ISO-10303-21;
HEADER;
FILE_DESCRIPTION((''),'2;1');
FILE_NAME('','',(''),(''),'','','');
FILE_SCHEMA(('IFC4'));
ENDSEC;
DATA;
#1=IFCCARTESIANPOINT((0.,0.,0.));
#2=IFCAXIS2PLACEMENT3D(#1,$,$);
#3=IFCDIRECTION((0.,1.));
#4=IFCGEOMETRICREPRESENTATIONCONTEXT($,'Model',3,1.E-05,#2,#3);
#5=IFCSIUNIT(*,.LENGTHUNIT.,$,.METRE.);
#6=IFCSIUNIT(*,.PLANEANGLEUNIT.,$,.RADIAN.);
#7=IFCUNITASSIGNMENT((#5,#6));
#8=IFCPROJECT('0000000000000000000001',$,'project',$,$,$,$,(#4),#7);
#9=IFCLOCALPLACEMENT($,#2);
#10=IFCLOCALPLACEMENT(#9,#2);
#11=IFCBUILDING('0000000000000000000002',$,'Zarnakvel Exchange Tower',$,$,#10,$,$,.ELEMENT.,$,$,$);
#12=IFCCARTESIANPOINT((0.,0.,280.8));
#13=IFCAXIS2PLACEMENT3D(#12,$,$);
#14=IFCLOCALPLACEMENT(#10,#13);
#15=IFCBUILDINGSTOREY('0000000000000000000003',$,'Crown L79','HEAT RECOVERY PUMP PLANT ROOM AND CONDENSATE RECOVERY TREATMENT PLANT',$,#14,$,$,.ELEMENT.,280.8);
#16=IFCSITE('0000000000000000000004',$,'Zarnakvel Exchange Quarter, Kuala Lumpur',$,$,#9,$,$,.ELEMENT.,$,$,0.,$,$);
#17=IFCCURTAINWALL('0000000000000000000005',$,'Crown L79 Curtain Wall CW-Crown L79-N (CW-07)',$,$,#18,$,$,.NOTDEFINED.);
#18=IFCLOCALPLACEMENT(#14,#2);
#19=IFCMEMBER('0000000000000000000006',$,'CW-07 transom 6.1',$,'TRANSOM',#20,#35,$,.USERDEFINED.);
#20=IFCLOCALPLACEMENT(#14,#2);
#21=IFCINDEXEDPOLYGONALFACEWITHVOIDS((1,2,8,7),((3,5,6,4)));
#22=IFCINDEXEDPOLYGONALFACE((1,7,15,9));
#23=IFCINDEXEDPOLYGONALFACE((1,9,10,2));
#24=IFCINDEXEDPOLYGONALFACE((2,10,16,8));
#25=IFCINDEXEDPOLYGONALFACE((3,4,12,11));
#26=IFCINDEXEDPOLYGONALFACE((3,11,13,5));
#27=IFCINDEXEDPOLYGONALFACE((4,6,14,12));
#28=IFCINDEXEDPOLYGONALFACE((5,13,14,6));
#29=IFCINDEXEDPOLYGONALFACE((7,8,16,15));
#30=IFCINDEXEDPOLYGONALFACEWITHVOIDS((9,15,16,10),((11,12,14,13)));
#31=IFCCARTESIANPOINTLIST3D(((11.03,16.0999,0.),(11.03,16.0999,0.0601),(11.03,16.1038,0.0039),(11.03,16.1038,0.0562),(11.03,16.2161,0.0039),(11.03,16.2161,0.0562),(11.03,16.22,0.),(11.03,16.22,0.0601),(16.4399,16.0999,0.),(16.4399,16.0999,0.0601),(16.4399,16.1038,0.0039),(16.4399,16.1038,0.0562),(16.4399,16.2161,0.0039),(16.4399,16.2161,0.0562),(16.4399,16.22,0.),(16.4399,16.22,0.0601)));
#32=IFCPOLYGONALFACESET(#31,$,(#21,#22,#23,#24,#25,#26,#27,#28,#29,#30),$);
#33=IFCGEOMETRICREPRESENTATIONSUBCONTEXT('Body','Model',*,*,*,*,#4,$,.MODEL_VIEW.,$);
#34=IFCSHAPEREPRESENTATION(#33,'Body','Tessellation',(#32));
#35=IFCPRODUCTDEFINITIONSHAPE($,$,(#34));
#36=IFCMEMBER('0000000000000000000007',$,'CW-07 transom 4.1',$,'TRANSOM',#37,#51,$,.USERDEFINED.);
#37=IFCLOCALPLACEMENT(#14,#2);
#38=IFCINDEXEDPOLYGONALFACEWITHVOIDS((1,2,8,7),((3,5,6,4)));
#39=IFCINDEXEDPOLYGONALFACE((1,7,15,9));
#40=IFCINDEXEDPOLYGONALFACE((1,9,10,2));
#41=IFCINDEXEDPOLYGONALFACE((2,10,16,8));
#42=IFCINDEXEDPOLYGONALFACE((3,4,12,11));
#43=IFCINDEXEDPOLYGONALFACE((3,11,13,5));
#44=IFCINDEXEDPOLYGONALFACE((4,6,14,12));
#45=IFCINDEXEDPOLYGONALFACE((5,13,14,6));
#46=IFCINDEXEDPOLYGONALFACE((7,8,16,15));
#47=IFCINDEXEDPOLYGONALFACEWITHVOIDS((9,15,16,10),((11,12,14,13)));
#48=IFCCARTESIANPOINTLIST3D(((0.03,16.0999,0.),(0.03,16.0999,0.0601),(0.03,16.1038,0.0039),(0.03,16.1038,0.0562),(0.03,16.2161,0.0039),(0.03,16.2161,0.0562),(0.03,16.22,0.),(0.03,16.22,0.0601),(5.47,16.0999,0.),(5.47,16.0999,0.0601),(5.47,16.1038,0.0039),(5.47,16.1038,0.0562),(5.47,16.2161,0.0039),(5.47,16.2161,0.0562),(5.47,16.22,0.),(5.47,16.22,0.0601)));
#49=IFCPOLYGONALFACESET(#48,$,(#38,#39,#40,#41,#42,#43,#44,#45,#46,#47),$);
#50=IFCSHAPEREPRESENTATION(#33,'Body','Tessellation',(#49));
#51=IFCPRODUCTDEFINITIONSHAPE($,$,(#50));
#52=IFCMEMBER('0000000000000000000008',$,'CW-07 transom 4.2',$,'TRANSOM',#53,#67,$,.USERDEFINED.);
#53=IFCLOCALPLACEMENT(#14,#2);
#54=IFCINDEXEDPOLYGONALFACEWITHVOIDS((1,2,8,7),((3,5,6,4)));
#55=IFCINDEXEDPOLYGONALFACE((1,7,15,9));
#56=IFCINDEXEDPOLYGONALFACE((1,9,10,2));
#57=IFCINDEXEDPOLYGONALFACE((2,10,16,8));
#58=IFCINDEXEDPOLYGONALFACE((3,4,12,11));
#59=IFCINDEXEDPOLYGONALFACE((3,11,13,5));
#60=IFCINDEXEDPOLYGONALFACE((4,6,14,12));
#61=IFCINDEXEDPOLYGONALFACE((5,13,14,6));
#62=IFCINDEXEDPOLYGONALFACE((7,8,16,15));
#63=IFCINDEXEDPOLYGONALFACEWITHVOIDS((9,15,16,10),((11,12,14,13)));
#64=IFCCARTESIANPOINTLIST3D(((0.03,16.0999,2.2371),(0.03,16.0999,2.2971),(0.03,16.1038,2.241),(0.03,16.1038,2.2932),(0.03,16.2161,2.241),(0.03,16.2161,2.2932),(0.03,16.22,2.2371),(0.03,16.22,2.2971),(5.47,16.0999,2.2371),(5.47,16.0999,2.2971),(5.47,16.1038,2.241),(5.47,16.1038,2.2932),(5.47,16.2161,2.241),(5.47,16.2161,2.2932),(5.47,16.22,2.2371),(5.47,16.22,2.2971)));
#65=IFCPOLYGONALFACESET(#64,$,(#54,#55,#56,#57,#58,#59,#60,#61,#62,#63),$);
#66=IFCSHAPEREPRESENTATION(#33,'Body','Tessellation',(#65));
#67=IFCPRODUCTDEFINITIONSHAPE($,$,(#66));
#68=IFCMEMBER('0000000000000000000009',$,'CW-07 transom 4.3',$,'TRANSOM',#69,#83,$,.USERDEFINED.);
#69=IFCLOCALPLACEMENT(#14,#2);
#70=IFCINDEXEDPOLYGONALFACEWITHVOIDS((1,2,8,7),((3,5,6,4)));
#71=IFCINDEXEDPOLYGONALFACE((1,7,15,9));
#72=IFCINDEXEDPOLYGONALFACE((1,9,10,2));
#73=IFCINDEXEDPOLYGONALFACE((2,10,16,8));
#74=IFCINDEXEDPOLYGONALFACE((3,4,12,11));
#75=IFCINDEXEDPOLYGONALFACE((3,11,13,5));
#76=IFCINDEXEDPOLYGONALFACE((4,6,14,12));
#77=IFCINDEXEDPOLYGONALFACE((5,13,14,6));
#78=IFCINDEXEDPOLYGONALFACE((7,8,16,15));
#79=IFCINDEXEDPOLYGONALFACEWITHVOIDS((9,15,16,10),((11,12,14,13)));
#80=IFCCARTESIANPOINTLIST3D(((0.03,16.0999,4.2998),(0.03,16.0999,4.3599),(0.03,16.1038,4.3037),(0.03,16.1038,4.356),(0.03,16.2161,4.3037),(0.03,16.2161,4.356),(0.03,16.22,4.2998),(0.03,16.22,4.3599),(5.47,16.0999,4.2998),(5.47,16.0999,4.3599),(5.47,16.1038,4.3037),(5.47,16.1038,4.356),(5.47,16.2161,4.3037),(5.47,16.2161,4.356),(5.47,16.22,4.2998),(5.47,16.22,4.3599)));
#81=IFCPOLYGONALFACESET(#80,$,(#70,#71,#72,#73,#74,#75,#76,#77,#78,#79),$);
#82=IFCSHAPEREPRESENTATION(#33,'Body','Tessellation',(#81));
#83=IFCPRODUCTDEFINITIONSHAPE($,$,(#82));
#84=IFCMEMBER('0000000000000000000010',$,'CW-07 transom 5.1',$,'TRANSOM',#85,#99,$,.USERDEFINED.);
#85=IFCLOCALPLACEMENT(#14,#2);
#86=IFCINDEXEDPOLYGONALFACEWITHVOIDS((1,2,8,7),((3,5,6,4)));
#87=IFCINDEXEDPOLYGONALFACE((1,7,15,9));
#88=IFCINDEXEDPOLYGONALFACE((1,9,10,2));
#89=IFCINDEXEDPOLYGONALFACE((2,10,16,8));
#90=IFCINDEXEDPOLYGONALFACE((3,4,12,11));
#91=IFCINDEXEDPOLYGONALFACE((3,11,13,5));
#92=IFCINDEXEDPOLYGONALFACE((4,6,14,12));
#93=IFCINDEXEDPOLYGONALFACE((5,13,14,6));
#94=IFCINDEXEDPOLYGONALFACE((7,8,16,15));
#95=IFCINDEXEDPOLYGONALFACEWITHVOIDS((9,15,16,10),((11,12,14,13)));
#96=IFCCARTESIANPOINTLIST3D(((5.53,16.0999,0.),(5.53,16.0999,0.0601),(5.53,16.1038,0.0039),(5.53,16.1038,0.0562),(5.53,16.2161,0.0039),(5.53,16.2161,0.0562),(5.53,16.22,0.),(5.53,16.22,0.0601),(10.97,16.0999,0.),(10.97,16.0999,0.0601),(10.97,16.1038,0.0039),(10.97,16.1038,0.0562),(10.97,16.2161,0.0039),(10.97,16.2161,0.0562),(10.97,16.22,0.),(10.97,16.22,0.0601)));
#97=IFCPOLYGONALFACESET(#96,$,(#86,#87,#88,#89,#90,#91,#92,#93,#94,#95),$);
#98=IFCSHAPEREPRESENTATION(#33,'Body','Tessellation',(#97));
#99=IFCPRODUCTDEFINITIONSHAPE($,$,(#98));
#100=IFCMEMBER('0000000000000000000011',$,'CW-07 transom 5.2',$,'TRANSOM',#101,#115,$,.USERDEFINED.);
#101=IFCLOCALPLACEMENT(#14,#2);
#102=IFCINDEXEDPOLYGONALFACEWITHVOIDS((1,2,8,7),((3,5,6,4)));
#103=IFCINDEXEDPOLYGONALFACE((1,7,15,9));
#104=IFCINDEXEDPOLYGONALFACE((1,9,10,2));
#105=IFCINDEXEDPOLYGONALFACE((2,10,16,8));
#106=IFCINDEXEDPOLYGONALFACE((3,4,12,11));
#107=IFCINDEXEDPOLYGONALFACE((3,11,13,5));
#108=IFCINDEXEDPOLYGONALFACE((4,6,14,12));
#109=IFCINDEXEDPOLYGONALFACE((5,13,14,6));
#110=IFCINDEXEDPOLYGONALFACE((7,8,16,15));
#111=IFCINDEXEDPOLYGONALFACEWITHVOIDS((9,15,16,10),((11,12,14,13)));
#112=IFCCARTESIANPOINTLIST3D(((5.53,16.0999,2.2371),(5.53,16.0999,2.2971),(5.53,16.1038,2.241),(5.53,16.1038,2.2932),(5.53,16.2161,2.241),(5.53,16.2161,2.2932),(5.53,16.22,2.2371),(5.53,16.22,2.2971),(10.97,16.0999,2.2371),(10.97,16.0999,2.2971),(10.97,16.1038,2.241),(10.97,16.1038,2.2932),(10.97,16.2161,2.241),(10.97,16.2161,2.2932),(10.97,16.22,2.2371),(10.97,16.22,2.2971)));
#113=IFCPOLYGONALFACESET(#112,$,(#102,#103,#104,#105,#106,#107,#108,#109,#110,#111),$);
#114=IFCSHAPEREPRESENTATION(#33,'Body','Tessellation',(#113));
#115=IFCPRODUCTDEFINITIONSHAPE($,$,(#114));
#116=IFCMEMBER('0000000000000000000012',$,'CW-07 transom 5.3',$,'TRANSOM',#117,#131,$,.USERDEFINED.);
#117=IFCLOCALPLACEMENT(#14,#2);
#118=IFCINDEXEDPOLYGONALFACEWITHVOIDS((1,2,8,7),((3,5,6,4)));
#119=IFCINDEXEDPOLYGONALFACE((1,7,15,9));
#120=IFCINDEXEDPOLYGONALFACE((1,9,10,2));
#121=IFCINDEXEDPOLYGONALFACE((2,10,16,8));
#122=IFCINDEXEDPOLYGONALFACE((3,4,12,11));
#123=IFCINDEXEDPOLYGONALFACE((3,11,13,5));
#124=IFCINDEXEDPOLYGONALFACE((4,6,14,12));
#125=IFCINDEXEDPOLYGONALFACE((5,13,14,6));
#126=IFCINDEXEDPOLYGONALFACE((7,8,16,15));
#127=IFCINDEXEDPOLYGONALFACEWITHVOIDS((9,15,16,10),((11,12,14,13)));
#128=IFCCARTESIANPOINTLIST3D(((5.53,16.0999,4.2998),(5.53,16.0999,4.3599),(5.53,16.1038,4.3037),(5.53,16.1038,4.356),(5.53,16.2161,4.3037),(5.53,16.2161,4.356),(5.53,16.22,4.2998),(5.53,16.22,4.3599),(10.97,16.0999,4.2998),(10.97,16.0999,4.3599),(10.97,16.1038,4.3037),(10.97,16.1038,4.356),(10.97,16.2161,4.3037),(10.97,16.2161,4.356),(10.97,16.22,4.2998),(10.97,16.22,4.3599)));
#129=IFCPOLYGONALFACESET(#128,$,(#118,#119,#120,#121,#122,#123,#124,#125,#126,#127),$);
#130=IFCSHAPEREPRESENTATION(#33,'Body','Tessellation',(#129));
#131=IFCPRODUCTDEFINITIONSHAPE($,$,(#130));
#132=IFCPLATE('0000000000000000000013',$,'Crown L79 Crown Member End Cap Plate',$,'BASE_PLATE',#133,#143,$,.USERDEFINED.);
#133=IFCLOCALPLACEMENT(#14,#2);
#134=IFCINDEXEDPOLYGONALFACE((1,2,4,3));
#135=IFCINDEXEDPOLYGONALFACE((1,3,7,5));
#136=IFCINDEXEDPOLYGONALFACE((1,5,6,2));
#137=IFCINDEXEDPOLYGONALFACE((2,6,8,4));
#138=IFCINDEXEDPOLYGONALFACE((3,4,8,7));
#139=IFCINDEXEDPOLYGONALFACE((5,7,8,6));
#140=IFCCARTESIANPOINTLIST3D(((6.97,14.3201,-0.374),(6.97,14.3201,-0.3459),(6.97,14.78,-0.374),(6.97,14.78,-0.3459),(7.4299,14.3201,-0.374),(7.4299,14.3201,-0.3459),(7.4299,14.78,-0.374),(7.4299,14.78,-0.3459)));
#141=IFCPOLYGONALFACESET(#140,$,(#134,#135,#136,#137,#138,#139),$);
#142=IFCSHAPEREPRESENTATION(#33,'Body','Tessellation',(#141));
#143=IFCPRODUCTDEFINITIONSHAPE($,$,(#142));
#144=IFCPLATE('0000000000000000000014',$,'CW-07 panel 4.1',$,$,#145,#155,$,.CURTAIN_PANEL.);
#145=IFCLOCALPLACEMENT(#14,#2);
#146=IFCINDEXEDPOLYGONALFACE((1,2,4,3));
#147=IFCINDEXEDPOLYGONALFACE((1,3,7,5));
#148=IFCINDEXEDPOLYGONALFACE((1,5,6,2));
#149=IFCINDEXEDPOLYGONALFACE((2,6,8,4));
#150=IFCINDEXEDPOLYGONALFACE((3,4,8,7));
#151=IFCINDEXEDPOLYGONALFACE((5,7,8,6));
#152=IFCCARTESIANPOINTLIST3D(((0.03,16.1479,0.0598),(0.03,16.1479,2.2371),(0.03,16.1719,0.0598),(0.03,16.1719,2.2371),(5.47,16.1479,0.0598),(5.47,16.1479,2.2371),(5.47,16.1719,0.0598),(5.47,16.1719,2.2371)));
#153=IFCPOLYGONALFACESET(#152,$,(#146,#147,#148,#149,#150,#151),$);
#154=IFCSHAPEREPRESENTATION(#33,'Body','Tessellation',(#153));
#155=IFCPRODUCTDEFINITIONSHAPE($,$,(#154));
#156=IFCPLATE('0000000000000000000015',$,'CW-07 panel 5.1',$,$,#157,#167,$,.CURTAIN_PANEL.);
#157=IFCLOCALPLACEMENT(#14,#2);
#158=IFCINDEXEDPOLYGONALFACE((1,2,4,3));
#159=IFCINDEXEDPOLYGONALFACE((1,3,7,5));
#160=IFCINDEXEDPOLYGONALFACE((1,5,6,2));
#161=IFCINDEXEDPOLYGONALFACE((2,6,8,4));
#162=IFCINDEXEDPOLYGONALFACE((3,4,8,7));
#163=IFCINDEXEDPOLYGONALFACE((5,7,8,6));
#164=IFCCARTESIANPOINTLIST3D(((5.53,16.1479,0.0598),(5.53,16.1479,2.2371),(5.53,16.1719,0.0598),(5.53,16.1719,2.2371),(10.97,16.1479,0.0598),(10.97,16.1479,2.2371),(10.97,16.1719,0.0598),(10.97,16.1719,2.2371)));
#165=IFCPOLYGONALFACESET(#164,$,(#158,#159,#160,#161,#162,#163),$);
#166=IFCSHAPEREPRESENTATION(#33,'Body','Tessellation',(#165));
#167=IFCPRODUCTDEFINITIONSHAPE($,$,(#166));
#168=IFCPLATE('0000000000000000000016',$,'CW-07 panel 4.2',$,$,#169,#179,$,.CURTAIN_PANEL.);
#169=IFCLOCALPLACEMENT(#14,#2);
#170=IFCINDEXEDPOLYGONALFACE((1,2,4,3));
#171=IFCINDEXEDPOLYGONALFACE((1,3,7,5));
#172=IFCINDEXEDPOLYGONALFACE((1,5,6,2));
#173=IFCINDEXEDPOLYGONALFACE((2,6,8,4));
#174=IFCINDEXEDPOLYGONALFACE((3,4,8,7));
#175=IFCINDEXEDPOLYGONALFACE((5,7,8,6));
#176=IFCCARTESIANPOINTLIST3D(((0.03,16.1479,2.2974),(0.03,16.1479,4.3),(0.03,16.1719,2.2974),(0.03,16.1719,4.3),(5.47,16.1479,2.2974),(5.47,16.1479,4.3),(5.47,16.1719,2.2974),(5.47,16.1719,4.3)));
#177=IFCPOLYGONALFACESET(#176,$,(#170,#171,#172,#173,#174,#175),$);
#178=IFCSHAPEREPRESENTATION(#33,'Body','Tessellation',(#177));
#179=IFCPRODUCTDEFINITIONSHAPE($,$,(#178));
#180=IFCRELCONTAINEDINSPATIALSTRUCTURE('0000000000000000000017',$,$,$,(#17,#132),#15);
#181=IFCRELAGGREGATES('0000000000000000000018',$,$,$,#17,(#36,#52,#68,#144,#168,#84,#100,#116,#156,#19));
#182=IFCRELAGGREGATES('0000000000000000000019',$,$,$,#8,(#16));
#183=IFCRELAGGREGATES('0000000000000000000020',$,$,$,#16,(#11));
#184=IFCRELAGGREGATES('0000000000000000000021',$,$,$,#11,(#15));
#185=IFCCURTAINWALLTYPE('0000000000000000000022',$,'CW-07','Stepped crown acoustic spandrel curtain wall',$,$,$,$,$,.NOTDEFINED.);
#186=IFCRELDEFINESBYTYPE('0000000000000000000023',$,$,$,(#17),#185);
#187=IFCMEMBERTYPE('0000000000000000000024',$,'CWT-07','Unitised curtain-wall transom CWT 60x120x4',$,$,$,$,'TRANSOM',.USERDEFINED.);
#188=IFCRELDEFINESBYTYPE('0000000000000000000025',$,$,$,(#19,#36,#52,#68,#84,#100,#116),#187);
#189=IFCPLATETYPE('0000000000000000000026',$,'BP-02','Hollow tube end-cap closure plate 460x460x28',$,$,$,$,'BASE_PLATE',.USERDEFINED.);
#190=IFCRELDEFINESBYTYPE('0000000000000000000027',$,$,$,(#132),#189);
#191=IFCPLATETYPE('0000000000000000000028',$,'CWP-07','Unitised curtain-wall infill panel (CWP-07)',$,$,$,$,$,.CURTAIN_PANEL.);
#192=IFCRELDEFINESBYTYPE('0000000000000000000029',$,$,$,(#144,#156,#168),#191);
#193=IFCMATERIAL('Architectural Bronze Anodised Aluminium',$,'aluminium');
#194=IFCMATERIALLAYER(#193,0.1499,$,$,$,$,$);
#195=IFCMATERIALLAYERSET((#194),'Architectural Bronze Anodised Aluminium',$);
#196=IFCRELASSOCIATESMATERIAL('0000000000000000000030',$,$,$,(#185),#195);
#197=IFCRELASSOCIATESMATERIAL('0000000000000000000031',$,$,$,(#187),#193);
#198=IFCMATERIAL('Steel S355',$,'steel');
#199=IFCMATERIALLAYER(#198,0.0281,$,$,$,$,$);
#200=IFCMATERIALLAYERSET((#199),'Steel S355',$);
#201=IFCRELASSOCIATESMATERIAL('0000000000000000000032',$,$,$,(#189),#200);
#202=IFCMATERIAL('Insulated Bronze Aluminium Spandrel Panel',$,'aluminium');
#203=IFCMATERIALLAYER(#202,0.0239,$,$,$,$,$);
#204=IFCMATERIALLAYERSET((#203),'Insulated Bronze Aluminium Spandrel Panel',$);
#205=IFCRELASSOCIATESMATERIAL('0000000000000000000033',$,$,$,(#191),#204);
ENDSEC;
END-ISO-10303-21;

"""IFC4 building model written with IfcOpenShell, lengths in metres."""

from ifc_helpers import new_model, si_unit, direction, frame, origin, origin_2d, place, context, subcontext, project, spatial, rectangle, hollow_rectangle, extrude, source, transform, mapped, material, layer, layer_set, material_profile, profile_set, type_object, element, aggregate, save


model = new_model("IFC4")

# Units and contexts
model_context = context("Model", 3, precision=1e-05, world=origin(), true_north=direction((0.0, 1.0)))
body_context = subcontext(model_context, "Body", "Model", "MODEL_VIEW")
ifc_project = project(units=[si_unit("LENGTHUNIT", "METRE"), si_unit("PLANEANGLEUNIT", "RADIAN")], contexts=[model_context])

# Site, building, storey
site_placement = place(None, origin())
site = spatial("IfcSite", under=ifc_project, at=site_placement, Name="Zarnakvel Exchange Quarter, Kuala Lumpur", CompositionType="ELEMENT", RefElevation=0.0)
building_placement = place(site_placement, origin())
building = spatial("IfcBuilding", under=site, at=building_placement, Name="Zarnakvel Exchange Tower", CompositionType="ELEMENT")
storey_placement = place(building_placement, frame((0.0, 0.0, 280.8)))
storey = spatial("IfcBuildingStorey", under=building, at=storey_placement, Name="Crown L79", Description="HEAT RECOVERY PUMP PLANT ROOM AND CONDENSATE RECOVERY TREATMENT PLANT", CompositionType="ELEMENT", Elevation=280.8)

# Shared definitions
ifc_material_1 = material(Name="Steel S355", Category="steel")

# Curtain wall, members
ifc_material_2 = material(Name="Architectural Bronze Anodised Aluminium", Category="aluminium")
ifc_layer_1 = layer(ifc_material_2, 0.1499)
ifc_layer_set_1 = layer_set([ifc_layer_1], Name="Architectural Bronze Anodised Aluminium")
curtain_wall_type = type_object("IfcCurtainWallType", Name="CW-07", Description="Stepped crown acoustic spandrel curtain wall", PredefinedType="NOTDEFINED", material=ifc_layer_set_1)
curtain_wall_placement = place(storey_placement, origin())
curtain_wall = element("IfcCurtainWall", 1, at=curtain_wall_placement, inside=storey, type_object=curtain_wall_type, Name="Crown L79 Curtain Wall CW-Crown L79-N (CW-07)", PredefinedType="NOTDEFINED")
ifc_material_profile_1 = material_profile(ifc_material_2, hollow_rectangle(XDim=0.1201, YDim=0.0601, WallThickness=0.0039, at=origin_2d()))
ifc_profile_set_1 = profile_set([ifc_material_profile_1], Name="Architectural Bronze Anodised Aluminium")
member_type_1 = type_object("IfcMemberType", Name="CWT-07", Description="Unitised curtain-wall transom CWT 60x120x4", ElementType="TRANSOM", PredefinedType="USERDEFINED", material=ifc_profile_set_1)
shared_shape_1 = source(origin(), body_context, "Body", "SweptSolid", [
    extrude(hollow_rectangle(XDim=0.1201, YDim=0.0601, WallThickness=0.0039, at=origin_2d()), origin(), (0.0, 0.0, 1.0), 5.4099),
])
member_1_placement = place(storey_placement, frame((11.03, 16.1599, 0.03), z_axis=(1.0, 0.0, 0.0), x_axis=(0.0, 1.0, 0.0)))
member_1 = element("IfcMember", 2, at=member_1_placement, type_object=member_type_1, Name="CW-07 transom 6.1", ObjectType="TRANSOM", PredefinedType="USERDEFINED", context=body_context, shape_type="MappedRepresentation", body=[
    mapped(shared_shape_1, transform((0.0, 0.0, 0.0), x_axis=(1.0, 0.0, 0.0), y_axis=(0.0, 1.0, 0.0), z_axis=(0.0, 0.0, 1.0), scale=1.0)),
])
shared_shape_2 = source(origin(), body_context, "Body", "SweptSolid", [
    extrude(hollow_rectangle(XDim=0.1201, YDim=0.0601, WallThickness=0.0039, at=origin_2d()), origin(), (0.0, 0.0, 1.0), 5.4399),
])
member_2_placement = place(storey_placement, frame((0.03, 16.1599, 0.03), z_axis=(1.0, 0.0, 0.0), x_axis=(0.0, 1.0, 0.0)))
member_2 = element("IfcMember", 3, at=member_2_placement, type_object=member_type_1, Name="CW-07 transom 4.1", ObjectType="TRANSOM", PredefinedType="USERDEFINED", context=body_context, shape_type="MappedRepresentation", body=[
    mapped(shared_shape_2, transform((0.0, 0.0, 0.0), x_axis=(1.0, 0.0, 0.0), y_axis=(0.0, 1.0, 0.0), z_axis=(0.0, 0.0, 1.0), scale=1.0)),
])
member_3_placement = place(storey_placement, frame((0.03, 16.1599, 2.2671), z_axis=(1.0, 0.0, 0.0), x_axis=(0.0, 1.0, 0.0)))
member_3 = element("IfcMember", 4, at=member_3_placement, type_object=member_type_1, Name="CW-07 transom 4.2", ObjectType="TRANSOM", PredefinedType="USERDEFINED", context=body_context, shape_type="MappedRepresentation", body=[
    mapped(shared_shape_2, transform((0.0, 0.0, 0.0), x_axis=(1.0, 0.0, 0.0), y_axis=(0.0, 1.0, 0.0), z_axis=(0.0, 0.0, 1.0), scale=1.0)),
])
member_4_placement = place(storey_placement, frame((0.03, 16.1599, 4.3298), z_axis=(1.0, 0.0, 0.0), x_axis=(0.0, 1.0, 0.0)))
member_4 = element("IfcMember", 5, at=member_4_placement, type_object=member_type_1, Name="CW-07 transom 4.3", ObjectType="TRANSOM", PredefinedType="USERDEFINED", context=body_context, shape_type="MappedRepresentation", body=[
    mapped(shared_shape_2, transform((0.0, 0.0, 0.0), x_axis=(1.0, 0.0, 0.0), y_axis=(0.0, 1.0, 0.0), z_axis=(0.0, 0.0, 1.0), scale=1.0)),
])
member_5_placement = place(storey_placement, frame((5.53, 16.1599, 0.03), z_axis=(1.0, 0.0, 0.0), x_axis=(0.0, 1.0, 0.0)))
member_5 = element("IfcMember", 6, at=member_5_placement, type_object=member_type_1, Name="CW-07 transom 5.1", ObjectType="TRANSOM", PredefinedType="USERDEFINED", context=body_context, shape_type="MappedRepresentation", body=[
    mapped(shared_shape_2, transform((0.0, 0.0, 0.0), x_axis=(1.0, 0.0, 0.0), y_axis=(0.0, 1.0, 0.0), z_axis=(0.0, 0.0, 1.0), scale=1.0)),
])
member_6_placement = place(storey_placement, frame((5.53, 16.1599, 2.2671), z_axis=(1.0, 0.0, 0.0), x_axis=(0.0, 1.0, 0.0)))
member_6 = element("IfcMember", 7, at=member_6_placement, type_object=member_type_1, Name="CW-07 transom 5.2", ObjectType="TRANSOM", PredefinedType="USERDEFINED", context=body_context, shape_type="MappedRepresentation", body=[
    mapped(shared_shape_2, transform((0.0, 0.0, 0.0), x_axis=(1.0, 0.0, 0.0), y_axis=(0.0, 1.0, 0.0), z_axis=(0.0, 0.0, 1.0), scale=1.0)),
])
member_7_placement = place(storey_placement, frame((5.53, 16.1599, 4.3298), z_axis=(1.0, 0.0, 0.0), x_axis=(0.0, 1.0, 0.0)))
member_7 = element("IfcMember", 8, at=member_7_placement, type_object=member_type_1, Name="CW-07 transom 5.3", ObjectType="TRANSOM", PredefinedType="USERDEFINED", context=body_context, shape_type="MappedRepresentation", body=[
    mapped(shared_shape_2, transform((0.0, 0.0, 0.0), x_axis=(1.0, 0.0, 0.0), y_axis=(0.0, 1.0, 0.0), z_axis=(0.0, 0.0, 1.0), scale=1.0)),
])

# Plates
ifc_layer_2 = layer(ifc_material_1, 0.0281)
ifc_layer_set_2 = layer_set([ifc_layer_2], Name="Steel S355")
plate_type_1 = type_object("IfcPlateType", Name="BP-02", Description="Hollow tube end-cap closure plate 460x460x28", ElementType="BASE_PLATE", PredefinedType="USERDEFINED", material=ifc_layer_set_2)
shared_shape_3 = source(origin(), body_context, "Body", "SweptSolid", [
    extrude(rectangle(XDim=0.46, YDim=0.46, at=origin_2d()), origin(), (0.0, 0.0, 1.0), 0.0281),
])
plate_1_placement = place(storey_placement, frame((7.2, 14.55, -0.374), z_axis=(0.0, 0.0, 1.0), x_axis=(1.0, 0.0, 0.0)))
element("IfcPlate", 9, at=plate_1_placement, inside=storey, type_object=plate_type_1, Name="Crown L79 Crown Member End Cap Plate", ObjectType="BASE_PLATE", PredefinedType="USERDEFINED", context=body_context, shape_type="MappedRepresentation", body=[
    mapped(shared_shape_3, transform((0.0, 0.0, 0.0), x_axis=(1.0, 0.0, 0.0), y_axis=(0.0, 1.0, 0.0), z_axis=(0.0, 0.0, 1.0), scale=1.0)),
])
ifc_material_3 = material(Name="Insulated Bronze Aluminium Spandrel Panel", Category="aluminium")
ifc_layer_3 = layer(ifc_material_3, 0.0239)
ifc_layer_set_3 = layer_set([ifc_layer_3], Name="Insulated Bronze Aluminium Spandrel Panel")
plate_type_2 = type_object("IfcPlateType", Name="CWP-07", Description="Unitised curtain-wall infill panel (CWP-07)", PredefinedType="CURTAIN_PANEL", material=ifc_layer_set_3)
shared_shape_4 = source(origin(), body_context, "Body", "SweptSolid", [
    extrude(rectangle(XDim=5.4399, YDim=0.0239, at=origin_2d()), origin(), (0.0, 0.0, 1.0), 2.1772),
])
plate_2_placement = place(storey_placement, frame((2.75, 16.1599, 0.0598), z_axis=(0.0, 0.0, 1.0), x_axis=(1.0, 0.0, 0.0)))
plate_2 = element("IfcPlate", 10, at=plate_2_placement, type_object=plate_type_2, Name="CW-07 panel 4.1", PredefinedType="CURTAIN_PANEL", context=body_context, shape_type="MappedRepresentation", body=[
    mapped(shared_shape_4, transform((0.0, 0.0, 0.0), x_axis=(1.0, 0.0, 0.0), y_axis=(0.0, 1.0, 0.0), z_axis=(0.0, 0.0, 1.0), scale=1.0)),
])
plate_3_placement = place(storey_placement, frame((8.25, 16.1599, 0.0598), z_axis=(0.0, 0.0, 1.0), x_axis=(1.0, 0.0, 0.0)))
plate_3 = element("IfcPlate", 11, at=plate_3_placement, type_object=plate_type_2, Name="CW-07 panel 5.1", PredefinedType="CURTAIN_PANEL", context=body_context, shape_type="MappedRepresentation", body=[
    mapped(shared_shape_4, transform((0.0, 0.0, 0.0), x_axis=(1.0, 0.0, 0.0), y_axis=(0.0, 1.0, 0.0), z_axis=(0.0, 0.0, 1.0), scale=1.0)),
])
shared_shape_5 = source(origin(), body_context, "Body", "SweptSolid", [
    extrude(rectangle(XDim=5.4399, YDim=0.0239, at=origin_2d()), origin(), (0.0, 0.0, 1.0), 2.0027),
])
plate_4_placement = place(storey_placement, frame((2.75, 16.1599, 2.2974), z_axis=(0.0, 0.0, 1.0), x_axis=(1.0, 0.0, 0.0)))
plate_4 = element("IfcPlate", 12, at=plate_4_placement, type_object=plate_type_2, Name="CW-07 panel 4.2", PredefinedType="CURTAIN_PANEL", context=body_context, shape_type="MappedRepresentation", body=[
    mapped(shared_shape_5, transform((0.0, 0.0, 0.0), x_axis=(1.0, 0.0, 0.0), y_axis=(0.0, 1.0, 0.0), z_axis=(0.0, 0.0, 1.0), scale=1.0)),
])
aggregate(curtain_wall, [member_2, member_3, member_4, plate_2, plate_4, member_5, member_6, member_7, plate_3, member_1])

save(model, "model.ifc")
